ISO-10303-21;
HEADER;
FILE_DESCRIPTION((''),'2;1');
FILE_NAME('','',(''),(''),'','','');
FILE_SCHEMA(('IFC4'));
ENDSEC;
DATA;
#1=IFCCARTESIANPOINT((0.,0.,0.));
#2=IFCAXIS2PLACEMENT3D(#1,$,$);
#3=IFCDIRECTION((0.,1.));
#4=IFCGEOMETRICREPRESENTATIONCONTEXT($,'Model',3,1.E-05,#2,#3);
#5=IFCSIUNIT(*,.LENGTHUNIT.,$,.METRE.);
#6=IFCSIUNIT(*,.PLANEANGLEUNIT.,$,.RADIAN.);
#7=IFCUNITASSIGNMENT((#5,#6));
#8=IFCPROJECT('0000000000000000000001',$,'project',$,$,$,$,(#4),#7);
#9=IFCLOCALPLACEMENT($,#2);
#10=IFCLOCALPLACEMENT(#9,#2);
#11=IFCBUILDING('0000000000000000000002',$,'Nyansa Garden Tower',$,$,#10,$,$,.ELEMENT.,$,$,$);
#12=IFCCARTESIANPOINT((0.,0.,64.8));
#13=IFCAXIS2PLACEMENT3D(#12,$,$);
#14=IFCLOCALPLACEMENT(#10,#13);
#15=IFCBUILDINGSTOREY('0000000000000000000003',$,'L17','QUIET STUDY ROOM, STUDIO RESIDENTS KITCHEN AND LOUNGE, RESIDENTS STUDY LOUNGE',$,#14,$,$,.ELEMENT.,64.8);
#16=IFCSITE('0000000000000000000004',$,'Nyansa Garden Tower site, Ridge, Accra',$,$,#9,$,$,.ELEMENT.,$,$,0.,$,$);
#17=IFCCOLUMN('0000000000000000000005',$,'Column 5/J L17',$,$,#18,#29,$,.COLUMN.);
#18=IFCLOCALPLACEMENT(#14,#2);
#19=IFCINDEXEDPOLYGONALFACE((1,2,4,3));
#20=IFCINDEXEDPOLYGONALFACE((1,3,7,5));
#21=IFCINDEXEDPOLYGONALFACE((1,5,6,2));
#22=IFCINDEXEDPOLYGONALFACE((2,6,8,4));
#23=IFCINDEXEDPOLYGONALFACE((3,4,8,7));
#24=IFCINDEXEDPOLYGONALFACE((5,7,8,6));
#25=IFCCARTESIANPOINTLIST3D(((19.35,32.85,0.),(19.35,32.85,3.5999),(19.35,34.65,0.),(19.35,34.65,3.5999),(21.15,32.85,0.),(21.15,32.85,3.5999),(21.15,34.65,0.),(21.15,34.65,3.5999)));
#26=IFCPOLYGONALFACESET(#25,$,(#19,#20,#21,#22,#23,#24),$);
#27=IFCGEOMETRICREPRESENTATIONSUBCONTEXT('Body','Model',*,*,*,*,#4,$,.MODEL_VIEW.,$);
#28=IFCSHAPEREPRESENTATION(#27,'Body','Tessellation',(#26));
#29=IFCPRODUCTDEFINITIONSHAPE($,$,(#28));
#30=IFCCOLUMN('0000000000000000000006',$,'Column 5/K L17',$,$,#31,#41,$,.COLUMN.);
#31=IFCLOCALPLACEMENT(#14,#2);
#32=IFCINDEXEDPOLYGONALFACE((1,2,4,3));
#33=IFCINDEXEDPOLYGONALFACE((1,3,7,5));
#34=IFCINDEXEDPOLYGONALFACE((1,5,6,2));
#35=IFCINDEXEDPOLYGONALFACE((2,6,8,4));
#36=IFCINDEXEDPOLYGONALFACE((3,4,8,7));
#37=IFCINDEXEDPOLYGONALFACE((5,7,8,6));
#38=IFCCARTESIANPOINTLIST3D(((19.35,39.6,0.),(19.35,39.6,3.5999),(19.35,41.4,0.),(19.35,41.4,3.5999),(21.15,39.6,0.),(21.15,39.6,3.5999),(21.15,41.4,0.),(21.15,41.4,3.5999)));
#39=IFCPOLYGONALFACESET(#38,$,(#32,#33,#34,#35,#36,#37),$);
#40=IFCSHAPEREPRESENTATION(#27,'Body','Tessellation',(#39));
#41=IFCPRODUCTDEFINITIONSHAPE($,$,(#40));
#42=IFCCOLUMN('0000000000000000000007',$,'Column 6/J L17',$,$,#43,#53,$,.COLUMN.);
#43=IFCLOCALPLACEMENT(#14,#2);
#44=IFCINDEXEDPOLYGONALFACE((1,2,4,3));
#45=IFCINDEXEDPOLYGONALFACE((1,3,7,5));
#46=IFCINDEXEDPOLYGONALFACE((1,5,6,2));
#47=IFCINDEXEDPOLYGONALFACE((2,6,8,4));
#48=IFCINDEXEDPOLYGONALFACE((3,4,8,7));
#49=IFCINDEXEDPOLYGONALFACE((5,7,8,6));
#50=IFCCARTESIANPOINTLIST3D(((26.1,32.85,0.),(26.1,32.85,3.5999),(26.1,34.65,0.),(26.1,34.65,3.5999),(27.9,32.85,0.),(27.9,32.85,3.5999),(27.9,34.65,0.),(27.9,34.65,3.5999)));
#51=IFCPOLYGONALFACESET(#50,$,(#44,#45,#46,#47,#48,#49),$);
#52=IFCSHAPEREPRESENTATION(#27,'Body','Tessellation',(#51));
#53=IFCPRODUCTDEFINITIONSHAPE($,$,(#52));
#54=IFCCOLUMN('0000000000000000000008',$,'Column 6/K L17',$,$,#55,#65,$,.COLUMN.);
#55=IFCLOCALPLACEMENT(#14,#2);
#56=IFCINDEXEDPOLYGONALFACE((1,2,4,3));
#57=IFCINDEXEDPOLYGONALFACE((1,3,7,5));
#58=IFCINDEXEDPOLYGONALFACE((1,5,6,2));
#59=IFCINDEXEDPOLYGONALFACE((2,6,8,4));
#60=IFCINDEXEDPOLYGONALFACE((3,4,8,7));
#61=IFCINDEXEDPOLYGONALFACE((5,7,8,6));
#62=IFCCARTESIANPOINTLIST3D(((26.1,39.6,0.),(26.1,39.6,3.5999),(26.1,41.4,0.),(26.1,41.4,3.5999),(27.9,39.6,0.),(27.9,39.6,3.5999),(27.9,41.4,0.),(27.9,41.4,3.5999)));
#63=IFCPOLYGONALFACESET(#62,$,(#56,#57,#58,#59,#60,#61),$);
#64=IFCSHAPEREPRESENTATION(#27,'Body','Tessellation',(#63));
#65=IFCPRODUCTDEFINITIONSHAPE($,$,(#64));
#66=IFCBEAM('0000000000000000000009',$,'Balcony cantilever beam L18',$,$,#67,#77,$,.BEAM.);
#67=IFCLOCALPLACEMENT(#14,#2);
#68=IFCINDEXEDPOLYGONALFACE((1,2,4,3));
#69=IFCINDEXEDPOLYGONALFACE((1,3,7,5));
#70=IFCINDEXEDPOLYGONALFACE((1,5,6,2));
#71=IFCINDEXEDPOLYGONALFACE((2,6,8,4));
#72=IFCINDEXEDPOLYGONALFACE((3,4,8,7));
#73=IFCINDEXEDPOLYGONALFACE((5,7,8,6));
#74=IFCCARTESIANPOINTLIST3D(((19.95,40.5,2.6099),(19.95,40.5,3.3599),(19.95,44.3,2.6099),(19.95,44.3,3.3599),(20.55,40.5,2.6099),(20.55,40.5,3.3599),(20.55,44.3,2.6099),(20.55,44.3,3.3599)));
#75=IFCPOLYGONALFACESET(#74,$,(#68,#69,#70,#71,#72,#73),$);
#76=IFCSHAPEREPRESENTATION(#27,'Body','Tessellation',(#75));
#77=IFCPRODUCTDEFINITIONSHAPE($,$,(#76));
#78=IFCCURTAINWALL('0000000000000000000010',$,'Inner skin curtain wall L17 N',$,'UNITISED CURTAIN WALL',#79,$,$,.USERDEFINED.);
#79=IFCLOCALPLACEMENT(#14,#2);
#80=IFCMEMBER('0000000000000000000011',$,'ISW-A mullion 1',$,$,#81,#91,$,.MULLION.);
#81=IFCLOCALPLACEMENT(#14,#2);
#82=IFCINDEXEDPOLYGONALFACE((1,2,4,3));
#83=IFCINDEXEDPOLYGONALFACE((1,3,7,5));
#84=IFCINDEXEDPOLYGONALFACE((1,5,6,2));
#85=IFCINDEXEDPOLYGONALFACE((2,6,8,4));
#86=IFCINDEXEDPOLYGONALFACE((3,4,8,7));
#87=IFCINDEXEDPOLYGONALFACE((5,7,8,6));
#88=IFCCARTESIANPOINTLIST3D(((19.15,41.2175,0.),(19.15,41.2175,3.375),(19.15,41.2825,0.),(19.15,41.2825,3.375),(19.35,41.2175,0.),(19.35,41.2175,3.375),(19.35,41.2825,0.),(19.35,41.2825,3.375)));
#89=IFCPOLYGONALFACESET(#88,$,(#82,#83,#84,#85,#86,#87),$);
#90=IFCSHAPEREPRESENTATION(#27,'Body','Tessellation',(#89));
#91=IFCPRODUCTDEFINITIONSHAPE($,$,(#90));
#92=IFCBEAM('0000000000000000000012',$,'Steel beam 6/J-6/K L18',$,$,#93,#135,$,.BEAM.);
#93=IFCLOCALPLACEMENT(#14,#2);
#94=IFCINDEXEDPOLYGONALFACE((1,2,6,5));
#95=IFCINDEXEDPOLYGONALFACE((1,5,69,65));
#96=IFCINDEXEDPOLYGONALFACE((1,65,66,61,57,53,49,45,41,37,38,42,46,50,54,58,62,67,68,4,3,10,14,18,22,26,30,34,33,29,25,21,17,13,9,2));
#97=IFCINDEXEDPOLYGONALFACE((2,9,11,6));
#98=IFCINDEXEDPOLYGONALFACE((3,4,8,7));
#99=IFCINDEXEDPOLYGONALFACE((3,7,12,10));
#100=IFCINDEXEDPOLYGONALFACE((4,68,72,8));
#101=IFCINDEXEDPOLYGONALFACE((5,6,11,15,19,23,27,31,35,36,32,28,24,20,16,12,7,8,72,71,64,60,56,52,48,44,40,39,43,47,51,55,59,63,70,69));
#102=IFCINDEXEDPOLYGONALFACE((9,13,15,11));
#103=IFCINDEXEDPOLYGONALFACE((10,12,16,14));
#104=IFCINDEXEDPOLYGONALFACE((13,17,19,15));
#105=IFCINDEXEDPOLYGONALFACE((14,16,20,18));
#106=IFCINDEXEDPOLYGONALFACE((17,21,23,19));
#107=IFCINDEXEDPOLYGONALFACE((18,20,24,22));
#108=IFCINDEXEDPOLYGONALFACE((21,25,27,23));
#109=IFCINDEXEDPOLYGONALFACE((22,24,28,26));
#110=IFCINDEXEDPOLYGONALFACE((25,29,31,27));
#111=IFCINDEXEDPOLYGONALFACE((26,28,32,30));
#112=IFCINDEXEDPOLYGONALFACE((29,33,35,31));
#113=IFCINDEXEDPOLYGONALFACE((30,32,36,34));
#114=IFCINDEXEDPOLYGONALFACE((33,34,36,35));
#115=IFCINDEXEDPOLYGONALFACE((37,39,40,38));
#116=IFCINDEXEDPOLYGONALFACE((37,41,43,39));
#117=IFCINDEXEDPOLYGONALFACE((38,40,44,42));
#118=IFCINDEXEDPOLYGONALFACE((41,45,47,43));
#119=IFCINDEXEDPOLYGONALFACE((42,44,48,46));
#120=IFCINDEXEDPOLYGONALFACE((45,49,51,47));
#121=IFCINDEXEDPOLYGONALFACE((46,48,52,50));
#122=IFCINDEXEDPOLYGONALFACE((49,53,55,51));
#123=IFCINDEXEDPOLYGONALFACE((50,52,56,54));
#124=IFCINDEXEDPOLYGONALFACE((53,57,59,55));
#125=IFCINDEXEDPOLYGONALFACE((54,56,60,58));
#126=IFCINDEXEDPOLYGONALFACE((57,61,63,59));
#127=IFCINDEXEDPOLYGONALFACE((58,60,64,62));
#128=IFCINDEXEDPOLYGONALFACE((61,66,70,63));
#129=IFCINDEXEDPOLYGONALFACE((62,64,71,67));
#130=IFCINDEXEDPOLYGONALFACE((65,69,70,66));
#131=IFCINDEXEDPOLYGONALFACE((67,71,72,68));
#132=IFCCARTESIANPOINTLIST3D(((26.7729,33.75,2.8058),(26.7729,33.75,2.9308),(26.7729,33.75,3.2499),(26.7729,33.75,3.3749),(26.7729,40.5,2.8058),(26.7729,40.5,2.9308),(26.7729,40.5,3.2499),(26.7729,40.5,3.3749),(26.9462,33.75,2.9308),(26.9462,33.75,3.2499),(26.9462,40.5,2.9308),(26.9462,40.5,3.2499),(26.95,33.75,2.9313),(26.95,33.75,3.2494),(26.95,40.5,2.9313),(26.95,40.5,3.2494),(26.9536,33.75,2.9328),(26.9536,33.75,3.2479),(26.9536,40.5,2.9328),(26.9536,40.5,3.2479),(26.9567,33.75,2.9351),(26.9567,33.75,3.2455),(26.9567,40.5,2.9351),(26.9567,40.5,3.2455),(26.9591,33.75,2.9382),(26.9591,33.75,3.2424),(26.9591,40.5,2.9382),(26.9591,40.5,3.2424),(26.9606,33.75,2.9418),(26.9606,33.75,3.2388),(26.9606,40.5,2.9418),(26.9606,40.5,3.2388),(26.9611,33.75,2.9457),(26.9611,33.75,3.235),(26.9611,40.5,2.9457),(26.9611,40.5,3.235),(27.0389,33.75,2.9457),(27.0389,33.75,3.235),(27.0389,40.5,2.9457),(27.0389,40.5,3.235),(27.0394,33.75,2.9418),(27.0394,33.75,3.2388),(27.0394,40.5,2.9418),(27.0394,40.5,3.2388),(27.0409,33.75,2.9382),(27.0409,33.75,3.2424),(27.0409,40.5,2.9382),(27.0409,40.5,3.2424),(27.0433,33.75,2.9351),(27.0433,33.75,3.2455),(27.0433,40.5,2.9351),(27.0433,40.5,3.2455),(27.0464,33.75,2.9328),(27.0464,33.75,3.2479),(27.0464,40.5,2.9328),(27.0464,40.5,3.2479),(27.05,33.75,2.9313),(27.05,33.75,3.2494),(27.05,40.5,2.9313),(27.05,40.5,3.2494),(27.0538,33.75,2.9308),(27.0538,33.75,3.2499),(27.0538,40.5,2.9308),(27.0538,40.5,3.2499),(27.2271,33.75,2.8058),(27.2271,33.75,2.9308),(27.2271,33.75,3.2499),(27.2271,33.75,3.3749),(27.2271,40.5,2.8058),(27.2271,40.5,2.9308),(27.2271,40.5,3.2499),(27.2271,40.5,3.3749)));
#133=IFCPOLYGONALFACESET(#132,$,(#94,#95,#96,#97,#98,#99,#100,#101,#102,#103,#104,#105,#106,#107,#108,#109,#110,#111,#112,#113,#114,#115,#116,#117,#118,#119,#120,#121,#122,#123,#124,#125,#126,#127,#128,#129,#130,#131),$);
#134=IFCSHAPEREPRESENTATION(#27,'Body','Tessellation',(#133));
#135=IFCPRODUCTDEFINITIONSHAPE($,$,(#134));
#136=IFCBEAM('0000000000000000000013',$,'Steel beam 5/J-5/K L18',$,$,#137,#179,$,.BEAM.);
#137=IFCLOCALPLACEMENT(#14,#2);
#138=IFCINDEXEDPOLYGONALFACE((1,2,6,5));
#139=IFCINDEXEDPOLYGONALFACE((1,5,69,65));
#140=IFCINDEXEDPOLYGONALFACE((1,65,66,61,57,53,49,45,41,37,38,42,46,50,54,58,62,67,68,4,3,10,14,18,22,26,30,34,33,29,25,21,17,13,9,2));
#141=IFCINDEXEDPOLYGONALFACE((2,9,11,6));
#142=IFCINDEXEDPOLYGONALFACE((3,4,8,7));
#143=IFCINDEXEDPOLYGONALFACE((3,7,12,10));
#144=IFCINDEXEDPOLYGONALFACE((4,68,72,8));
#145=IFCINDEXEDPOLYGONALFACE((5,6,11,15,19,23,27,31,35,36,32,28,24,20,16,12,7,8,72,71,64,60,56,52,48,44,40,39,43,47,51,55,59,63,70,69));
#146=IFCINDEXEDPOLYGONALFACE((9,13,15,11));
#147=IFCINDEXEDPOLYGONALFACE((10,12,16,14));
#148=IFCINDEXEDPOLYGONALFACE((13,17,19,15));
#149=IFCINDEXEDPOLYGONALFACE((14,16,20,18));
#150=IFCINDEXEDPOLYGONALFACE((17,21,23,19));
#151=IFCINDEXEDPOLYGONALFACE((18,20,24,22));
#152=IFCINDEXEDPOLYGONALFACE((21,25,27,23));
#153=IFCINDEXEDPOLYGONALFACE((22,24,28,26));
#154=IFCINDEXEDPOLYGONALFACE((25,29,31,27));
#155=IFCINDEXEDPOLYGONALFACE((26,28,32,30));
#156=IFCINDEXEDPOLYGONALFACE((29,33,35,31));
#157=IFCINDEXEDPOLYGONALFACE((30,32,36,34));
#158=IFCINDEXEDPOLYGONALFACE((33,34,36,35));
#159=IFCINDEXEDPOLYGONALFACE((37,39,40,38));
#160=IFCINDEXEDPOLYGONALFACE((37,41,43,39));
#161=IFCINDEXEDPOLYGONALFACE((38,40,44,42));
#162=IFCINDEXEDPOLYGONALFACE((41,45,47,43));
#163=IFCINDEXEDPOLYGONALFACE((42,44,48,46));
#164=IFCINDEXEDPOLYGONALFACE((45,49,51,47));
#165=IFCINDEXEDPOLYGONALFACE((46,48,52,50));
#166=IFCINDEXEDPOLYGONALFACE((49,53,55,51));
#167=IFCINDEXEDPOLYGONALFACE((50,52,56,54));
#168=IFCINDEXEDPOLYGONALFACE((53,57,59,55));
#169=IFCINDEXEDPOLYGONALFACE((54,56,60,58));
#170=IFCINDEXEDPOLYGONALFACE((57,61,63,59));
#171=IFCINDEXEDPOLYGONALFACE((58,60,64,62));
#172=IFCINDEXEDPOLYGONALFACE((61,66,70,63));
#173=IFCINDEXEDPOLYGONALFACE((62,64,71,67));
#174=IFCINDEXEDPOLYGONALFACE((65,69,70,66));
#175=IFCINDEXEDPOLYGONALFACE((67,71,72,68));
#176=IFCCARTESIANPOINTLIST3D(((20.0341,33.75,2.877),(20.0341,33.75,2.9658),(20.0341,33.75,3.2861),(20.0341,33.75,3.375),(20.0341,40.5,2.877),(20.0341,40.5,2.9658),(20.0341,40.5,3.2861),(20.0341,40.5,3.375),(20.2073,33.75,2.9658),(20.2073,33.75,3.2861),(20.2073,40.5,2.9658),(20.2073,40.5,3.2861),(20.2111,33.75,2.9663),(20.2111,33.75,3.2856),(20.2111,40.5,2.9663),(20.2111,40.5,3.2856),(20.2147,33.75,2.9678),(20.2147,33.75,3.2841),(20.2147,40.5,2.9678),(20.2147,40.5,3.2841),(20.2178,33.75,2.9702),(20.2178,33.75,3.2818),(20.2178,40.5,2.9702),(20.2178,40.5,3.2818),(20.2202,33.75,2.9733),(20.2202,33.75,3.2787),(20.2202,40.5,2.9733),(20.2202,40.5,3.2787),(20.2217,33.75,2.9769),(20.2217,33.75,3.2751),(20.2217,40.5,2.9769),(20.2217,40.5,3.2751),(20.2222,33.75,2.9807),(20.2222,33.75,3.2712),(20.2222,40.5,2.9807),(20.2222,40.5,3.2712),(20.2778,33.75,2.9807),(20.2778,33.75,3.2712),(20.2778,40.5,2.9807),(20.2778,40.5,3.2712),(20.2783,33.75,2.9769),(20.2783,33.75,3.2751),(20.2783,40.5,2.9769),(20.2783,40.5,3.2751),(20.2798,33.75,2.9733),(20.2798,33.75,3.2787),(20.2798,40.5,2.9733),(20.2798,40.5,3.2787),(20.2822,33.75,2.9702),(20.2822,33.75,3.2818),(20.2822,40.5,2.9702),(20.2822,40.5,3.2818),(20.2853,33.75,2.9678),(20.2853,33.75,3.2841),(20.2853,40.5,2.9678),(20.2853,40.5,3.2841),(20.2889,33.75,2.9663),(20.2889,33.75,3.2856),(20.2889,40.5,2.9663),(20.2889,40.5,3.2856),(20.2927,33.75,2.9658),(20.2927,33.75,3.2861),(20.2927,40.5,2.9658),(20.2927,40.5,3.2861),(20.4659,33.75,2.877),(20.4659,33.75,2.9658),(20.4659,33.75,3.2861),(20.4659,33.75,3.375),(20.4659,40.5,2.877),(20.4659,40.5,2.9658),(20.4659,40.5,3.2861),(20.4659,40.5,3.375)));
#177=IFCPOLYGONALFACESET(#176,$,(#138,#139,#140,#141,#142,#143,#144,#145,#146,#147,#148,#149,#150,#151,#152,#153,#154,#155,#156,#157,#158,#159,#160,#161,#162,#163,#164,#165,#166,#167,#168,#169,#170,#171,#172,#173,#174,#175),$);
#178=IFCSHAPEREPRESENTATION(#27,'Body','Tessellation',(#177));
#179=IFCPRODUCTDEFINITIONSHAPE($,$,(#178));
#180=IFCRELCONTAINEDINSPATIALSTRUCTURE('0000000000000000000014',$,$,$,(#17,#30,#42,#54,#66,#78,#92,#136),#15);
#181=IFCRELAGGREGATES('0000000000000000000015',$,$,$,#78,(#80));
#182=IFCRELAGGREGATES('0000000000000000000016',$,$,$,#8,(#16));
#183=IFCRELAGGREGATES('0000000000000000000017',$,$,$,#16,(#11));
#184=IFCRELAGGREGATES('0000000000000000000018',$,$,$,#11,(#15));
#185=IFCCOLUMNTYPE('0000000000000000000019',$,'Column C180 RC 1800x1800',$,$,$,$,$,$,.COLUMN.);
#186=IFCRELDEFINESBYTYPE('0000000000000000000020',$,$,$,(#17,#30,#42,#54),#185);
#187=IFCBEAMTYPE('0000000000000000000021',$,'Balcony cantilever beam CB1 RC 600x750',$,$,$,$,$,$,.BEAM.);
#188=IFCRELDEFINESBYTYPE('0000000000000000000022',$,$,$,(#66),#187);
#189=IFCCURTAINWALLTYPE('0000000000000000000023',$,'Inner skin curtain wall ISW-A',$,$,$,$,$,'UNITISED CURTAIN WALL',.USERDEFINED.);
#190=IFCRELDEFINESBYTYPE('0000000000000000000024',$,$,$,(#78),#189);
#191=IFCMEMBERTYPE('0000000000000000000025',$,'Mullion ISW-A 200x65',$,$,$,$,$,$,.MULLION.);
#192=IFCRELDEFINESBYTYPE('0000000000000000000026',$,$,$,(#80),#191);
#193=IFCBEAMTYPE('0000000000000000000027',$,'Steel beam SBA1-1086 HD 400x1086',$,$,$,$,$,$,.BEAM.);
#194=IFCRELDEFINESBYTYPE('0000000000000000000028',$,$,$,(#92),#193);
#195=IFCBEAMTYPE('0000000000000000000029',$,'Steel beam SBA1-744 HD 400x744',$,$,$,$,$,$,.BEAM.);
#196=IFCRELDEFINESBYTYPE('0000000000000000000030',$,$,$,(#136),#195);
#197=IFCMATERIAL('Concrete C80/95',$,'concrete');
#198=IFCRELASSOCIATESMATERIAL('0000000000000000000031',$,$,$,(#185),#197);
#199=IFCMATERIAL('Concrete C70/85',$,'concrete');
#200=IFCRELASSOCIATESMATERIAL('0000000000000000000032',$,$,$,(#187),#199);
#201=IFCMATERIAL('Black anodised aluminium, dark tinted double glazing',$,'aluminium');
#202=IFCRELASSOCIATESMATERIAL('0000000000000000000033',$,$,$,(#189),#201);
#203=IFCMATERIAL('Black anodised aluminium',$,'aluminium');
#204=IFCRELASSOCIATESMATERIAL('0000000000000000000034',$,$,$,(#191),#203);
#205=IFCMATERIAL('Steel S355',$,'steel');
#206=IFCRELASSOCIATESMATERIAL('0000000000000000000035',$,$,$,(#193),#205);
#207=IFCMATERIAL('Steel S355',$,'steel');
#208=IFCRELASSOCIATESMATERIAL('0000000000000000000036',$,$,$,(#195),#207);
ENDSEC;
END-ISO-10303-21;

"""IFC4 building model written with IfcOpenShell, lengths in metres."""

from ifc_helpers import new_model, si_unit, direction, frame, origin, origin_2d, place, context, subcontext, project, spatial, rectangle, i_section, extrude, material, material_profile, profile_set, type_object, element, aggregate, save


model = new_model("IFC4")

# Units and contexts
model_context = context("Model", 3, precision=1e-05, world=origin(), true_north=direction((0.0, 1.0)))
body_context = subcontext(model_context, "Body", "Model", "MODEL_VIEW")
ifc_project = project(units=[si_unit("LENGTHUNIT", "METRE"), si_unit("PLANEANGLEUNIT", "RADIAN")], contexts=[model_context])

# Site, building, storey
site_placement = place(None, origin())
site = spatial("IfcSite", under=ifc_project, at=site_placement, Name="Nyansa Garden Tower site, Ridge, Accra", CompositionType="ELEMENT", RefElevation=0.0)
building_placement = place(site_placement, origin())
building = spatial("IfcBuilding", under=site, at=building_placement, Name="Nyansa Garden Tower", CompositionType="ELEMENT")
storey_placement = place(building_placement, frame((0.0, 0.0, 64.8)))
storey = spatial("IfcBuildingStorey", under=building, at=storey_placement, Name="L17", Description="QUIET STUDY ROOM, STUDIO RESIDENTS KITCHEN AND LOUNGE, RESIDENTS STUDY LOUNGE", CompositionType="ELEMENT", Elevation=64.8)

# Columns
ifc_material_1 = material(Name="Concrete C80/95", Category="concrete")
ifc_material_profile_1 = material_profile(ifc_material_1, rectangle(XDim=1.8, YDim=1.8, at=origin_2d()), Name="RC 1800x1800")
ifc_profile_set_1 = profile_set([ifc_material_profile_1], Name="Concrete C80/95")
column_type = type_object("IfcColumnType", Name="Column C180 RC 1800x1800", PredefinedType="COLUMN", material=ifc_profile_set_1)
for number, where, z_axis, x_axis, name in (
    (1, (20.25, 33.75, 0.0), (0.0, 0.0, 1.0), (1.0, 0.0, 0.0), "Column 5/J L17"),
    (2, (20.25, 40.5, 0.0), (0.0, 0.0, 1.0), (1.0, 0.0, 0.0), "Column 5/K L17"),
    (3, (27.0, 33.75, 0.0), (0.0, 0.0, 1.0), (1.0, 0.0, 0.0), "Column 6/J L17"),
    (4, (27.0, 40.5, 0.0), (0.0, 0.0, 1.0), (1.0, 0.0, 0.0), "Column 6/K L17"),
):
    element("IfcColumn", number, at=place(storey_placement, frame(where, z_axis=z_axis, x_axis=x_axis)), inside=storey, type_object=column_type, Name=name, PredefinedType="COLUMN", context=body_context, shape_type="SweptSolid", body=[
        extrude(rectangle(XDim=1.8, YDim=1.8, at=origin_2d()), origin(), (0.0, 0.0, 1.0), 3.5999),
    ])

# Beam
ifc_material_2 = material(Name="Concrete C70/85", Category="concrete")
ifc_material_profile_2 = material_profile(ifc_material_2, rectangle(XDim=0.6001, YDim=0.75, at=origin_2d()), Name="RC 600x750")
ifc_profile_set_2 = profile_set([ifc_material_profile_2], Name="Concrete C70/85")
beam_type_1 = type_object("IfcBeamType", Name="Balcony cantilever beam CB1 RC 600x750", PredefinedType="BEAM", material=ifc_profile_set_2)
beam_1_placement = place(storey_placement, frame((20.25, 40.5, 2.9849), z_axis=(0.0, 1.0, 0.0), x_axis=(-1.0, 0.0, 0.0)))
element("IfcBeam", 5, at=beam_1_placement, inside=storey, type_object=beam_type_1, Name="Balcony cantilever beam L18", PredefinedType="BEAM", context=body_context, shape_type="SweptSolid", body=[
    extrude(rectangle(XDim=0.6001, YDim=0.75, at=origin_2d()), origin(), (0.0, 0.0, 1.0), 3.8),
])

# Curtain wall, member
ifc_material_3 = material(Name="Black anodised aluminium, dark tinted double glazing", Category="aluminium")
curtain_wall_type = type_object("IfcCurtainWallType", Name="Inner skin curtain wall ISW-A", ElementType="UNITISED CURTAIN WALL", PredefinedType="USERDEFINED", material=ifc_material_3)
curtain_wall_placement = place(storey_placement, origin())
curtain_wall = element("IfcCurtainWall", 6, at=curtain_wall_placement, inside=storey, type_object=curtain_wall_type, Name="Inner skin curtain wall L17 N", ObjectType="UNITISED CURTAIN WALL", PredefinedType="USERDEFINED")
ifc_material_4 = material(Name="Black anodised aluminium", Category="aluminium")
ifc_material_profile_3 = material_profile(ifc_material_4, rectangle(XDim=0.0649, YDim=0.2, at=origin_2d()), Name="Mullion 200x65")
ifc_profile_set_3 = profile_set([ifc_material_profile_3], Name="Black anodised aluminium")
member_type_1 = type_object("IfcMemberType", Name="Mullion ISW-A 200x65", PredefinedType="MULLION", material=ifc_profile_set_3)
member_1_placement = place(storey_placement, frame((19.25, 41.25, 0.0), z_axis=(0.0, 0.0, 1.0), x_axis=(0.0, -1.0, 0.0)))
member_1 = element("IfcMember", 7, at=member_1_placement, type_object=member_type_1, Name="ISW-A mullion 1", PredefinedType="MULLION", context=body_context, shape_type="SweptSolid", body=[
    extrude(rectangle(XDim=0.0649, YDim=0.2, at=origin_2d()), origin(), (0.0, 0.0, 1.0), 3.375),
])

# Beams
ifc_material_5 = material(Name="Steel S355", Category="steel")
ifc_material_profile_4 = material_profile(ifc_material_5, i_section(OverallWidth=0.4541, OverallDepth=0.5691, WebThickness=0.0779, FlangeThickness=0.125, FilletRadius=0.0149, at=origin_2d()), Name="HD 400x1086")
ifc_profile_set_4 = profile_set([ifc_material_profile_4], Name="Steel S355")
beam_type_2 = type_object("IfcBeamType", Name="Steel beam SBA1-1086 HD 400x1086", PredefinedType="BEAM", material=ifc_profile_set_4)
beam_2_placement = place(storey_placement, frame((27.0, 33.75, 3.0903), z_axis=(0.0, 1.0, 0.0), x_axis=(-1.0, 0.0, 0.0)))
element("IfcBeam", 8, at=beam_2_placement, inside=storey, type_object=beam_type_2, Name="Steel beam 6/J-6/K L18", PredefinedType="BEAM", context=body_context, shape_type="SweptSolid", body=[
    extrude(i_section(OverallWidth=0.4541, OverallDepth=0.5691, WebThickness=0.0779, FlangeThickness=0.125, FilletRadius=0.0149, at=origin_2d()), origin(), (0.0, 0.0, 1.0), 6.75),
])
ifc_material_6 = material(Name="Steel S355", Category="steel")
ifc_material_profile_5 = material_profile(ifc_material_6, i_section(OverallWidth=0.4319, OverallDepth=0.498, WebThickness=0.0557, FlangeThickness=0.0889, FilletRadius=0.0149, at=origin_2d()), Name="HD 400x744")
ifc_profile_set_5 = profile_set([ifc_material_profile_5], Name="Steel S355")
beam_type_3 = type_object("IfcBeamType", Name="Steel beam SBA1-744 HD 400x744", PredefinedType="BEAM", material=ifc_profile_set_5)
for number, where, z_axis, x_axis, name in (
    (9, (20.25, 33.75, 3.126), (0.0, 1.0, 0.0), (-1.0, 0.0, 0.0), "Steel beam 5/J-5/K L18"),
):
    element("IfcBeam", number, at=place(storey_placement, frame(where, z_axis=z_axis, x_axis=x_axis)), inside=storey, type_object=beam_type_3, Name=name, PredefinedType="BEAM", context=body_context, shape_type="SweptSolid", body=[
        extrude(i_section(OverallWidth=0.4319, OverallDepth=0.498, WebThickness=0.0557, FlangeThickness=0.0889, FilletRadius=0.0149, at=origin_2d()), origin(), (0.0, 0.0, 1.0), 6.75),
    ])

aggregate(curtain_wall, [member_1])

save(model, "model.ifc")
